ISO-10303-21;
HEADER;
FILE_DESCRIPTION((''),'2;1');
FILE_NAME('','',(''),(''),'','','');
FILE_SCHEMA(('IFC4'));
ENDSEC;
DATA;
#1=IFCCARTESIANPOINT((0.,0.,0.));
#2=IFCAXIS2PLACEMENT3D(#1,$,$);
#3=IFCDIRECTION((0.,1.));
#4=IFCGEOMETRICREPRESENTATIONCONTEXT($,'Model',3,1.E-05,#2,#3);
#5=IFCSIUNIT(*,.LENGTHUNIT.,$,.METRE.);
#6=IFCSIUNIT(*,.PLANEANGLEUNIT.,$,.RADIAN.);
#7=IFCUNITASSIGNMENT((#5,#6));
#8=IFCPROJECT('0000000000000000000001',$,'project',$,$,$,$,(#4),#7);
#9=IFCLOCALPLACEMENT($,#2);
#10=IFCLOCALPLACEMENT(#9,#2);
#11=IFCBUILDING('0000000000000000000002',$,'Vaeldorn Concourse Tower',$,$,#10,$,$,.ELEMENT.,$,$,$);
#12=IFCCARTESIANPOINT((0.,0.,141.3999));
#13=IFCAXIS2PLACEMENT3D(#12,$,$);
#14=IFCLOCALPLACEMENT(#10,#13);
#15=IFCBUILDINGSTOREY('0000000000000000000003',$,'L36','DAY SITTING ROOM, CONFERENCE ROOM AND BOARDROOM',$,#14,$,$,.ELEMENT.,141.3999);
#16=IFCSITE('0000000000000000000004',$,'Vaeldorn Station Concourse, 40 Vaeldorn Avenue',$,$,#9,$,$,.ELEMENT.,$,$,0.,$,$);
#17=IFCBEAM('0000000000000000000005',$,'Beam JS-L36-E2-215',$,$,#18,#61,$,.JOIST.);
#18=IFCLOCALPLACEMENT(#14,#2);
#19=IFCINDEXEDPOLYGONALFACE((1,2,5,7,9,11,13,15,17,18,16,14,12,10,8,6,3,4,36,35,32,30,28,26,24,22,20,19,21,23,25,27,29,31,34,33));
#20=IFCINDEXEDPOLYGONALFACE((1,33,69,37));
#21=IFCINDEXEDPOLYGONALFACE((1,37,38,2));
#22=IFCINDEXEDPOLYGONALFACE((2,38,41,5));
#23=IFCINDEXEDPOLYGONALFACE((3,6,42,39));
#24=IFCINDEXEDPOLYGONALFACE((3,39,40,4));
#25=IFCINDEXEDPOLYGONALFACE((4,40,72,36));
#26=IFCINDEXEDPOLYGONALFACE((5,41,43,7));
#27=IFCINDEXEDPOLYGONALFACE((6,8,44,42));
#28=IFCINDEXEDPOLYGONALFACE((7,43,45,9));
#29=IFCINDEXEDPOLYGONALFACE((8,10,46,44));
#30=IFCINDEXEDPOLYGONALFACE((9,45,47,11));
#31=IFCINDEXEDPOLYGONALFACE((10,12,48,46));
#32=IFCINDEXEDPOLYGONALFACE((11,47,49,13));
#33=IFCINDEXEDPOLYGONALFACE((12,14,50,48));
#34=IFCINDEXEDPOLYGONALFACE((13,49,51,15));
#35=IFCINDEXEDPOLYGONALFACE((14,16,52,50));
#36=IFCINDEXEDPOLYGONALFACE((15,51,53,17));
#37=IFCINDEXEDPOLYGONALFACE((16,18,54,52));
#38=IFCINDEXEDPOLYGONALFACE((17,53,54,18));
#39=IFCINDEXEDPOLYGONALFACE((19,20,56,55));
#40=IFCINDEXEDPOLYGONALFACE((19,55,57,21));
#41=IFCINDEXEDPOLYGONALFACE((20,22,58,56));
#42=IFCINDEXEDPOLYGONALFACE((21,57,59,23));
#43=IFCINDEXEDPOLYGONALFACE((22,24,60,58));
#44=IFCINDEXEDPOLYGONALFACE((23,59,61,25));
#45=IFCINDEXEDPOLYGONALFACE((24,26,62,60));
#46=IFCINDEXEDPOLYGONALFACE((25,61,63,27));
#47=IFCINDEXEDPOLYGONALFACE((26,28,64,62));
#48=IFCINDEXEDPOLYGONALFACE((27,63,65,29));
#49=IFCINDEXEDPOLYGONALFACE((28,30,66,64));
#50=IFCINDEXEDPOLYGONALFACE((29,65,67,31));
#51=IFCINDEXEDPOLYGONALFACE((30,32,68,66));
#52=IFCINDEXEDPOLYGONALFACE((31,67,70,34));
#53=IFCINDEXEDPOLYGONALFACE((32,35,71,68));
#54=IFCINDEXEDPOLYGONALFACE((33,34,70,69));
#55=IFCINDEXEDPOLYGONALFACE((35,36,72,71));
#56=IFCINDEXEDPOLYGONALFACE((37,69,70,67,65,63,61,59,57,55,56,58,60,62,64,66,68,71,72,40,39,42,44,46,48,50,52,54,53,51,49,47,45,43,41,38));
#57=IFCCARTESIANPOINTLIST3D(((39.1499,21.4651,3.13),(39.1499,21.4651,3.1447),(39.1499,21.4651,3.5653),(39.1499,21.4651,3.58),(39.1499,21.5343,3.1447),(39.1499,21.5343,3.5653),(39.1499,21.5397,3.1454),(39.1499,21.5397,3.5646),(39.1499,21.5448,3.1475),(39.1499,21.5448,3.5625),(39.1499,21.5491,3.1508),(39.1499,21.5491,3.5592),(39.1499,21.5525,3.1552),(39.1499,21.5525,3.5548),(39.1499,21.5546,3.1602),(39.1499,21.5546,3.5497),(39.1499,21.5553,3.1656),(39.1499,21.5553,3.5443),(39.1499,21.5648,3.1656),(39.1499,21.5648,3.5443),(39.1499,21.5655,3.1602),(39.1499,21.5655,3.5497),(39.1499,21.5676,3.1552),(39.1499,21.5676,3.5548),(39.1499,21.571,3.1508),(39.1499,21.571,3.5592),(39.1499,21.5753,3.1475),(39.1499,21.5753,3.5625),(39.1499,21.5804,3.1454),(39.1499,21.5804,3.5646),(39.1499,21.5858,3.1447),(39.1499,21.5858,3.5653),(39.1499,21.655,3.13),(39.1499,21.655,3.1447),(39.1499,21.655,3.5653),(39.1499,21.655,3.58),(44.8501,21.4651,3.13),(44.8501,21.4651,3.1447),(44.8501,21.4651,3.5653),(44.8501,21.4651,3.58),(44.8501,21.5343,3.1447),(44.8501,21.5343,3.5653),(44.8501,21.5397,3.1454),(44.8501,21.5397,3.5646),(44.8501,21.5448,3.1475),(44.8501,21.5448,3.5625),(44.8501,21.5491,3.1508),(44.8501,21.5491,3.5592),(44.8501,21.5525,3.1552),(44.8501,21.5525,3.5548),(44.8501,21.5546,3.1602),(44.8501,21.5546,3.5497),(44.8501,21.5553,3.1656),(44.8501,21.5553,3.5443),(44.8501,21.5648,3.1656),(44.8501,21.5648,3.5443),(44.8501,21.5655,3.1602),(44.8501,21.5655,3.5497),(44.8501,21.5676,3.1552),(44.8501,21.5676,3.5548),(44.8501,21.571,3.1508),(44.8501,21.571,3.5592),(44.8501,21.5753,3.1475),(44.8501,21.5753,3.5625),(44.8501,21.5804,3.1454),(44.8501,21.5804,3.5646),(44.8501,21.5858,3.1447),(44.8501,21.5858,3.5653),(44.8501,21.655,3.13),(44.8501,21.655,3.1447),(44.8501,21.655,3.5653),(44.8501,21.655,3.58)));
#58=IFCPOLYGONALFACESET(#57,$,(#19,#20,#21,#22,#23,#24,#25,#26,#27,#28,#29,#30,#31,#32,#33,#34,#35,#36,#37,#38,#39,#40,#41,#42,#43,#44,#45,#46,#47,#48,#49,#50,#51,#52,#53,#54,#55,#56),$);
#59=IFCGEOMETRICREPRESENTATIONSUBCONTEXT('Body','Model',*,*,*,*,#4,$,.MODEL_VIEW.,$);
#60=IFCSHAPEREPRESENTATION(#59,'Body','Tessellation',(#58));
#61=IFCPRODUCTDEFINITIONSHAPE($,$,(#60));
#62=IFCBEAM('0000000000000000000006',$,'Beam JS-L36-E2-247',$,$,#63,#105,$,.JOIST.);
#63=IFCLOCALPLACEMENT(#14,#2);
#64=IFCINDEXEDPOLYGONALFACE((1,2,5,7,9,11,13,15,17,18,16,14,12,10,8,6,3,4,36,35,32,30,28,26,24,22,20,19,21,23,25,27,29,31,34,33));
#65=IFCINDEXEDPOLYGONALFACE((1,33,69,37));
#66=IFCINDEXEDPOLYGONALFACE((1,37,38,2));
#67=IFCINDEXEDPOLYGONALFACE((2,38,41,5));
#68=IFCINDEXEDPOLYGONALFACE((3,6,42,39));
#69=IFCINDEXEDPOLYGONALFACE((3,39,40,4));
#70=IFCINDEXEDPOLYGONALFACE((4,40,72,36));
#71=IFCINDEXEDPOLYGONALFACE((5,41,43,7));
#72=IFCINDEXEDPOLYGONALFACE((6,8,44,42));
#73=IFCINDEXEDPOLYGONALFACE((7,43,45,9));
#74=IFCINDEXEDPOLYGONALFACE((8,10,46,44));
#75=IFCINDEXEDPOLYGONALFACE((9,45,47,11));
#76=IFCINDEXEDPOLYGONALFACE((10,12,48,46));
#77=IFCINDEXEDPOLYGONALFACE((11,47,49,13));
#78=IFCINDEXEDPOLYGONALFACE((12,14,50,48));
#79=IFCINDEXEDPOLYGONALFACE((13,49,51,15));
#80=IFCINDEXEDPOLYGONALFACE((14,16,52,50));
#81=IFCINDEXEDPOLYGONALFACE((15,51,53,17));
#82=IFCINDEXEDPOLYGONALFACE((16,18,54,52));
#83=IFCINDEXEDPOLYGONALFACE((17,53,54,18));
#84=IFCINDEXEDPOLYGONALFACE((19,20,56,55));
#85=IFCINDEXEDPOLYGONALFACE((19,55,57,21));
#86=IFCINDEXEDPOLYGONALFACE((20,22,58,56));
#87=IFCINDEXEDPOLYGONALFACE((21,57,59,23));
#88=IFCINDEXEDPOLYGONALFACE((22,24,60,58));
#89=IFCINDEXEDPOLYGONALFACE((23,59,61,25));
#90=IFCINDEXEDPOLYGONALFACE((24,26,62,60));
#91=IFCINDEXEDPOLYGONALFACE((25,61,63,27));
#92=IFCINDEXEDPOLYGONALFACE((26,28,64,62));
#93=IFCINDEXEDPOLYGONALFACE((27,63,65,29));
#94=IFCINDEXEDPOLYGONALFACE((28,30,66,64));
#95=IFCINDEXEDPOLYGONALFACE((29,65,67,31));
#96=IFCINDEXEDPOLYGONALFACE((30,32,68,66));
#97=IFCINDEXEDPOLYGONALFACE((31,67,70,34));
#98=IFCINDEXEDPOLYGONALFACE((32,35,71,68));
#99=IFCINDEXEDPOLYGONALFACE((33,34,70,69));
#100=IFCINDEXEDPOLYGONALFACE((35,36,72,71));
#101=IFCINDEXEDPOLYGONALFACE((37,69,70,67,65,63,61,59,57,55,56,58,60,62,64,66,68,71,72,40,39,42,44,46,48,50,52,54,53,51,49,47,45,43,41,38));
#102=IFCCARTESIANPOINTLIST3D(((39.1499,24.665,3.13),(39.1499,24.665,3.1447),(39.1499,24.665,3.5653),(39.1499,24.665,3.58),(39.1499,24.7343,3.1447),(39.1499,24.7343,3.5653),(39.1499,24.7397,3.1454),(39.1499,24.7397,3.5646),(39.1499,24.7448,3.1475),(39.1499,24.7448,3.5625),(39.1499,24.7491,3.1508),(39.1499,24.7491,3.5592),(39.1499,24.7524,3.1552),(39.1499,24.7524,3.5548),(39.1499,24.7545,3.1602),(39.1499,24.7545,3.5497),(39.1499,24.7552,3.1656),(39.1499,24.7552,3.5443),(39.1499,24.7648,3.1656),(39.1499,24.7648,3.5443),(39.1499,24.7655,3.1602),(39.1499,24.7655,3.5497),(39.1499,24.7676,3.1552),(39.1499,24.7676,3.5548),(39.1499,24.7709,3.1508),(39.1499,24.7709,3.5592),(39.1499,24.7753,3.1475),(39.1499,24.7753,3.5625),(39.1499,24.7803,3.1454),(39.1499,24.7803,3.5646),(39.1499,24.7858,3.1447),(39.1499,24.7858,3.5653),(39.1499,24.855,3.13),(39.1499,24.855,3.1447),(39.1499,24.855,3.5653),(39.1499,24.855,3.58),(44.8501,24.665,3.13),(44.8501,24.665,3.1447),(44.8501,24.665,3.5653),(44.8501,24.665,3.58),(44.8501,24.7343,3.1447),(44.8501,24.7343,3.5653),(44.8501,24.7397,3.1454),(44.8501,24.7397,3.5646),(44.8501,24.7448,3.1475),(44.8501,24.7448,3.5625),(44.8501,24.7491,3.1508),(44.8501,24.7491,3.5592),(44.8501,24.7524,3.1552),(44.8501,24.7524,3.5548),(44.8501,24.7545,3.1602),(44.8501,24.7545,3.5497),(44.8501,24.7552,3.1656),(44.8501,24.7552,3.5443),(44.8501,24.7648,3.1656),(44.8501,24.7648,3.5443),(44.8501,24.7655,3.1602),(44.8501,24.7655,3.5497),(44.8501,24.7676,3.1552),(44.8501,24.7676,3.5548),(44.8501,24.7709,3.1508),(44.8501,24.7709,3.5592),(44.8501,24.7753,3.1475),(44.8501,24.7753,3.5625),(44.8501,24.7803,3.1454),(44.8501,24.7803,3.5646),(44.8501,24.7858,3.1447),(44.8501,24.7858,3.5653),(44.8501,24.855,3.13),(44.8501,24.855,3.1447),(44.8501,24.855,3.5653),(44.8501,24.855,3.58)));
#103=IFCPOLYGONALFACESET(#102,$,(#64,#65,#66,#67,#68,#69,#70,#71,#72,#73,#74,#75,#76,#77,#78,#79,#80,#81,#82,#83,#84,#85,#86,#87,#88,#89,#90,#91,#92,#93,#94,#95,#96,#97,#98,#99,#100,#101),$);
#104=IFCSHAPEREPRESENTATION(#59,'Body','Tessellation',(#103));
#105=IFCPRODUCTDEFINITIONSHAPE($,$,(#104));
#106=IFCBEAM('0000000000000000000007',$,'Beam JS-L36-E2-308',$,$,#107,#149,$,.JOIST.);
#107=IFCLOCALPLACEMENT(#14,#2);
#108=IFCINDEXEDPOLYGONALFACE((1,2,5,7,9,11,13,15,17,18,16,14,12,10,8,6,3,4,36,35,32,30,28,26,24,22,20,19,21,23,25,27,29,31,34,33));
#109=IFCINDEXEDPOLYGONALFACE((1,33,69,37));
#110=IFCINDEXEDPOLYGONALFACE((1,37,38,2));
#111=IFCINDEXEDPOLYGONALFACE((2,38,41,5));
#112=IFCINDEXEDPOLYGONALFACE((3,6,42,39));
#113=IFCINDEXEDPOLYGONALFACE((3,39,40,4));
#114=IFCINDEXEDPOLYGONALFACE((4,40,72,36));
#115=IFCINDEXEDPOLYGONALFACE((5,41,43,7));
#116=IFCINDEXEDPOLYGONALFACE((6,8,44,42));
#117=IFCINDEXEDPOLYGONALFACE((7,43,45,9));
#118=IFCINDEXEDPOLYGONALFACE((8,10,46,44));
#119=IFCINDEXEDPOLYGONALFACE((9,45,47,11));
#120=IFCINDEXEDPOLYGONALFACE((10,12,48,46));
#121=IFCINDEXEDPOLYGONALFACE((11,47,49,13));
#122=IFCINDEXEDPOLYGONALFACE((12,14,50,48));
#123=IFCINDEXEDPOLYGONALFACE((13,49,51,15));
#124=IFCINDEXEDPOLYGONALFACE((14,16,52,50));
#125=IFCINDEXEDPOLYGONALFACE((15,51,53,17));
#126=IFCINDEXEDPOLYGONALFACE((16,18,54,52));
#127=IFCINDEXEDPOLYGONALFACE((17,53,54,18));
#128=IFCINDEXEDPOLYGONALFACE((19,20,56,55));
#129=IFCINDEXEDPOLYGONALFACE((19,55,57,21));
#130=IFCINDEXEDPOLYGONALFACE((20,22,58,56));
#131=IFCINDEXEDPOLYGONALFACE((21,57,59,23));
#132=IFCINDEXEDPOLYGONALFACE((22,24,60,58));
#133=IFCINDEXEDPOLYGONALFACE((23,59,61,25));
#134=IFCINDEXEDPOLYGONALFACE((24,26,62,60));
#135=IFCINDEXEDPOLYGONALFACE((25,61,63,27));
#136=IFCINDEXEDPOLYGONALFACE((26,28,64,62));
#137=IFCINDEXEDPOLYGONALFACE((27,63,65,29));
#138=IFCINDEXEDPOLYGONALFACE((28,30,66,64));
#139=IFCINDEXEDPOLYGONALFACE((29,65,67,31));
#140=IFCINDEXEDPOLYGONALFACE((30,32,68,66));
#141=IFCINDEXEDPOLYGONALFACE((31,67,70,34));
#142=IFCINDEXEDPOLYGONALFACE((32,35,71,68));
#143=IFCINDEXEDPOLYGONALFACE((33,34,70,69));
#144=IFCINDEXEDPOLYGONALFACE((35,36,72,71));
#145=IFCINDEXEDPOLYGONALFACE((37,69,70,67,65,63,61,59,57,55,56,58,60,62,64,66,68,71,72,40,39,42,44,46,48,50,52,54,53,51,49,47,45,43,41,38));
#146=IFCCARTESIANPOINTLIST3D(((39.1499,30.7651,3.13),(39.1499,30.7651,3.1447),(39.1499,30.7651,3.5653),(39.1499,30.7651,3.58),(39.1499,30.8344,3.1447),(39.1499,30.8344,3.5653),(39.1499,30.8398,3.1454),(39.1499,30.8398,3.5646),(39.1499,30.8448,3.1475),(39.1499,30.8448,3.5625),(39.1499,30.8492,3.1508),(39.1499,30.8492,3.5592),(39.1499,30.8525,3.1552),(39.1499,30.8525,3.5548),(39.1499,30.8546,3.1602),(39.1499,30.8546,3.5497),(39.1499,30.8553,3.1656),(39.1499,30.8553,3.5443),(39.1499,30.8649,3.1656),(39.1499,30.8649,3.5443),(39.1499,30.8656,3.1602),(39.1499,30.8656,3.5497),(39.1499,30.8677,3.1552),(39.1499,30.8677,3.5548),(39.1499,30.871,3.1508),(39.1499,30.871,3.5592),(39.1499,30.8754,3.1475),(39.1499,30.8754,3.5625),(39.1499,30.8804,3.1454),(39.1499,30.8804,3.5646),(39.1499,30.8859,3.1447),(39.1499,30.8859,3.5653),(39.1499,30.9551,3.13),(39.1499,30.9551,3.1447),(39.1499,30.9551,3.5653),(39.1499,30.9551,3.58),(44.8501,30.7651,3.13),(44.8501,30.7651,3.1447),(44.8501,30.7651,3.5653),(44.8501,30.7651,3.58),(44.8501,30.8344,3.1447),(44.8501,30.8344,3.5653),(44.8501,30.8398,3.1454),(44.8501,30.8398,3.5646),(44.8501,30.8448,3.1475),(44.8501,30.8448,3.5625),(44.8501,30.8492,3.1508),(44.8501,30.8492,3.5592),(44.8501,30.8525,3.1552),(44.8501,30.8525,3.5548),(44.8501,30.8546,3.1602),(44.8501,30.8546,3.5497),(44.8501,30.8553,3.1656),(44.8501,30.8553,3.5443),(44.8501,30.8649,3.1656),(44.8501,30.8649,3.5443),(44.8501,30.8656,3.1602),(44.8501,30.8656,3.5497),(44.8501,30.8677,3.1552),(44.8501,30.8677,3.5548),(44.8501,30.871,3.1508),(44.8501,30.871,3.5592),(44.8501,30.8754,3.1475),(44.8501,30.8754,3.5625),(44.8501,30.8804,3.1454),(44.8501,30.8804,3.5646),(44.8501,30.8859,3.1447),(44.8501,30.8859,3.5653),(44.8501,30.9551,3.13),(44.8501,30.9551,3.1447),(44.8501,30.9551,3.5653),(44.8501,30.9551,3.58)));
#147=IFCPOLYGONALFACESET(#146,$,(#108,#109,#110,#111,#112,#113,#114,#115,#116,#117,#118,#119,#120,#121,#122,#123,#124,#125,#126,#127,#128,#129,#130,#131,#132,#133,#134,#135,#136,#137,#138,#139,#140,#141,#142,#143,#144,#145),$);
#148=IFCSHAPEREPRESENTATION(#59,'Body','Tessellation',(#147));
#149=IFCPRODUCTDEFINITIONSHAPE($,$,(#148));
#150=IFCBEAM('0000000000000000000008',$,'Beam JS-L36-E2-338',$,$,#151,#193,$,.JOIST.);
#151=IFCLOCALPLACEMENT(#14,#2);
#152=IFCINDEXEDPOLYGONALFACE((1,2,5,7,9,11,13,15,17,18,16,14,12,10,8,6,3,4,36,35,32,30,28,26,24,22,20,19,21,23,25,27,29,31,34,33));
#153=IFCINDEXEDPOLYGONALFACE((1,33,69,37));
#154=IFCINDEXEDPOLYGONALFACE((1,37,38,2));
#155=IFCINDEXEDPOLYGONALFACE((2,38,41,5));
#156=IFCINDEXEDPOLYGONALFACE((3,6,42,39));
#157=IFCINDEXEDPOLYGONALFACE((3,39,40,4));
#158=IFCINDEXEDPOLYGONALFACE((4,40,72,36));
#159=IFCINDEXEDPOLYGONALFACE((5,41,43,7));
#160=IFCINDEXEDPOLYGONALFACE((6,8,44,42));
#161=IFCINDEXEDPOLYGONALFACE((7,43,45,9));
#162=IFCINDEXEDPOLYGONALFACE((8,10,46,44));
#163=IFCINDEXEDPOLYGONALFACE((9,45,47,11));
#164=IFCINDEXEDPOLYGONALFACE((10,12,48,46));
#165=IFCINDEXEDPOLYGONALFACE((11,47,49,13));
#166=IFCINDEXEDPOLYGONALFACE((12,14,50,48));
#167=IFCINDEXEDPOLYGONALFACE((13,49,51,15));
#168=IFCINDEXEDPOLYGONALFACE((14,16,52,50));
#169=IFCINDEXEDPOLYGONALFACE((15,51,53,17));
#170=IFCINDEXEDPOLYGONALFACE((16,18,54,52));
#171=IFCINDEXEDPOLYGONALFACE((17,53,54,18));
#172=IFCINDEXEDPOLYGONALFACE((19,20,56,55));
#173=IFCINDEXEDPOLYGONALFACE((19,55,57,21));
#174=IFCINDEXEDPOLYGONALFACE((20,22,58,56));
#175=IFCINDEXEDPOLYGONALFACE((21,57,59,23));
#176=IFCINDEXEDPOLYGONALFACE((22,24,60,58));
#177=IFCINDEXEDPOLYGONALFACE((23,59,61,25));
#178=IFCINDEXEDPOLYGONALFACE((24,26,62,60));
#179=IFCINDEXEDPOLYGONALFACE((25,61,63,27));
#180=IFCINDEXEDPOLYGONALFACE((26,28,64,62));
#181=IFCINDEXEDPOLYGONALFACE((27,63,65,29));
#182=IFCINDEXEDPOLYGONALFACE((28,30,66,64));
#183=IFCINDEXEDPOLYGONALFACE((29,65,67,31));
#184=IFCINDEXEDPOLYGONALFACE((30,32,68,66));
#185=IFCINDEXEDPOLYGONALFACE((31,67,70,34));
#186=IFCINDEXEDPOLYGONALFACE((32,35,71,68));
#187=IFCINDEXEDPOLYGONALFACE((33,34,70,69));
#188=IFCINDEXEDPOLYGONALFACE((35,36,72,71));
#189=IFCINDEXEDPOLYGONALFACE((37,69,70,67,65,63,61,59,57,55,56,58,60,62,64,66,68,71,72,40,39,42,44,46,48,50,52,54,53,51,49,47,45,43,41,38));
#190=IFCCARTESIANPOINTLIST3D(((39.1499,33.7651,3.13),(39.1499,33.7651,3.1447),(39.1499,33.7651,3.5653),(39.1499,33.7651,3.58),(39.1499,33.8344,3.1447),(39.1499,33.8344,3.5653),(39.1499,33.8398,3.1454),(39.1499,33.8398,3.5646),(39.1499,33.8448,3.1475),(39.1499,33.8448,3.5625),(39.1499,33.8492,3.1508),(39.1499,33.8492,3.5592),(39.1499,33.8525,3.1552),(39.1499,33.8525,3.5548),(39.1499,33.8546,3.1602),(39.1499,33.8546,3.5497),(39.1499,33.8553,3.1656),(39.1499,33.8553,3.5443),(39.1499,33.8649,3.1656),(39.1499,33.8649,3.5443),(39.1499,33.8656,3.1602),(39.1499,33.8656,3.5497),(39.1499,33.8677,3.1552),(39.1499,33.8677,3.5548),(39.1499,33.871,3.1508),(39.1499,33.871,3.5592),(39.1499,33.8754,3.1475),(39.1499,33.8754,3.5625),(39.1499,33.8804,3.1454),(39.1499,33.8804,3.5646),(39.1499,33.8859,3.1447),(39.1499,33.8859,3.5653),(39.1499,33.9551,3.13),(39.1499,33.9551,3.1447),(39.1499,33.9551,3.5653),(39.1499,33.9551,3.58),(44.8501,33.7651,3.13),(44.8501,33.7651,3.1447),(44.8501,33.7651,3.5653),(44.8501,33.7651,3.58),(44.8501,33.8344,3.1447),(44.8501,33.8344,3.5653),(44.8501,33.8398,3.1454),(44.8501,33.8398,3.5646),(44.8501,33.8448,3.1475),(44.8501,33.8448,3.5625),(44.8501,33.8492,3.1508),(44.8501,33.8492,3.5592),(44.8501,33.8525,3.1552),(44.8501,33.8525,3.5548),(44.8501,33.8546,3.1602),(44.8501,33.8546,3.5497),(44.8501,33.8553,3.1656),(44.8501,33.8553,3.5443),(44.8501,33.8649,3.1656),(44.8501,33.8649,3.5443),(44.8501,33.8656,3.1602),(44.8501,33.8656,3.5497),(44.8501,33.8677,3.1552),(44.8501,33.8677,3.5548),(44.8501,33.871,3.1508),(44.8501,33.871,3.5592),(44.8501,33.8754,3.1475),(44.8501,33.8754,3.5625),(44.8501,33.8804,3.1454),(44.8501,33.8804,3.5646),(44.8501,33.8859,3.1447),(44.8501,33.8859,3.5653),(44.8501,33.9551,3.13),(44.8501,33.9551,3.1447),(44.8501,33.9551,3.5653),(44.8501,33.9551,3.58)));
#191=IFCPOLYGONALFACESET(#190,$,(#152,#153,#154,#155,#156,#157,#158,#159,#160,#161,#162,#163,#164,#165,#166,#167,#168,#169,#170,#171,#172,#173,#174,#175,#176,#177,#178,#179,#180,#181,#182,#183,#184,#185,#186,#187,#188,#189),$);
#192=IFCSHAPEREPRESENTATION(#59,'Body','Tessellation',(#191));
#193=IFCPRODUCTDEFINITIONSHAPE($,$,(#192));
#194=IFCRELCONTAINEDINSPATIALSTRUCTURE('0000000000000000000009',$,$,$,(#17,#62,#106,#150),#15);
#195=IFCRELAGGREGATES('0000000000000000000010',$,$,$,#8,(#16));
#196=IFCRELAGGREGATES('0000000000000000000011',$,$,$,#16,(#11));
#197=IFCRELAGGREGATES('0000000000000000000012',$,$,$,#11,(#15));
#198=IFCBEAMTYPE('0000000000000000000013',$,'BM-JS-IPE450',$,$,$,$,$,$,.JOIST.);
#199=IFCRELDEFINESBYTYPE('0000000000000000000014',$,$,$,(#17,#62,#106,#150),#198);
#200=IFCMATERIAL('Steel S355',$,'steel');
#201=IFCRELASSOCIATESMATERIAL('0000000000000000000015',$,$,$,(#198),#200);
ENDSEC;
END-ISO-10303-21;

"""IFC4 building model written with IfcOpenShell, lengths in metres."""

from ifc_helpers import new_model, si_unit, direction, frame, origin, origin_2d, place, context, subcontext, project, spatial, i_section, extrude, source, transform, mapped, material, material_profile, profile_set, type_object, element, save


model = new_model("IFC4")

# Units and contexts
model_context = context("Model", 3, precision=1e-05, world=origin(), true_north=direction((0.0, 1.0)))
body_context = subcontext(model_context, "Body", "Model", "MODEL_VIEW")
ifc_project = project(units=[si_unit("LENGTHUNIT", "METRE"), si_unit("PLANEANGLEUNIT", "RADIAN")], contexts=[model_context])

# Site, building, storey
site_placement = place(None, origin())
site = spatial("IfcSite", under=ifc_project, at=site_placement, Name="Vaeldorn Station Concourse, 40 Vaeldorn Avenue", CompositionType="ELEMENT", RefElevation=0.0)
building_placement = place(site_placement, origin())
building = spatial("IfcBuilding", under=site, at=building_placement, Name="Vaeldorn Concourse Tower", CompositionType="ELEMENT")
storey_placement = place(building_placement, frame((0.0, 0.0, 141.3999)))
storey = spatial("IfcBuildingStorey", under=building, at=storey_placement, Name="L36", Description="DAY SITTING ROOM, CONFERENCE ROOM AND BOARDROOM", CompositionType="ELEMENT", Elevation=141.3999)

# Beams
ifc_material_1 = material(Name="Steel S355", Category="steel")
ifc_material_profile_1 = material_profile(ifc_material_1, i_section(OverallWidth=0.1899, OverallDepth=0.45, WebThickness=0.0095, FlangeThickness=0.0146, FilletRadius=0.021, at=origin_2d()), Name="IPE 450")
ifc_profile_set_1 = profile_set([ifc_material_profile_1], Name="Steel S355")
beam_type_1 = type_object("IfcBeamType", Name="BM-JS-IPE450", PredefinedType="JOIST", material=ifc_profile_set_1)
shared_shape_1 = source(origin(), body_context, "Body", "SweptSolid", [
    extrude(i_section(OverallWidth=0.1899, OverallDepth=0.45, WebThickness=0.0095, FlangeThickness=0.0146, FilletRadius=0.021, at=origin_2d()), origin(), (0.0, 0.0, 1.0), 5.7002),
])
for number, where, z_axis, x_axis, name in (
    (1, (39.1499, 21.5601, 3.355), (1.0, 0.0, 0.0), (0.0, 1.0, 0.0), "Beam JS-L36-E2-215"),
    (2, (39.1499, 24.76, 3.355), (1.0, 0.0, 0.0), (0.0, 1.0, 0.0), "Beam JS-L36-E2-247"),
    (3, (39.1499, 30.8601, 3.355), (1.0, 0.0, 0.0), (0.0, 1.0, 0.0), "Beam JS-L36-E2-308"),
    (4, (39.1499, 33.8601, 3.355), (1.0, 0.0, 0.0), (0.0, 1.0, 0.0), "Beam JS-L36-E2-338"),
):
    element("IfcBeam", number, at=place(storey_placement, frame(where, z_axis=z_axis, x_axis=x_axis)), inside=storey, type_object=beam_type_1, Name=name, PredefinedType="JOIST", context=body_context, shape_type="MappedRepresentation", body=[
        mapped(shared_shape_1, transform((0.0, 0.0, 0.0), scale=1.0)),
    ])

save(model, "model.ifc")
